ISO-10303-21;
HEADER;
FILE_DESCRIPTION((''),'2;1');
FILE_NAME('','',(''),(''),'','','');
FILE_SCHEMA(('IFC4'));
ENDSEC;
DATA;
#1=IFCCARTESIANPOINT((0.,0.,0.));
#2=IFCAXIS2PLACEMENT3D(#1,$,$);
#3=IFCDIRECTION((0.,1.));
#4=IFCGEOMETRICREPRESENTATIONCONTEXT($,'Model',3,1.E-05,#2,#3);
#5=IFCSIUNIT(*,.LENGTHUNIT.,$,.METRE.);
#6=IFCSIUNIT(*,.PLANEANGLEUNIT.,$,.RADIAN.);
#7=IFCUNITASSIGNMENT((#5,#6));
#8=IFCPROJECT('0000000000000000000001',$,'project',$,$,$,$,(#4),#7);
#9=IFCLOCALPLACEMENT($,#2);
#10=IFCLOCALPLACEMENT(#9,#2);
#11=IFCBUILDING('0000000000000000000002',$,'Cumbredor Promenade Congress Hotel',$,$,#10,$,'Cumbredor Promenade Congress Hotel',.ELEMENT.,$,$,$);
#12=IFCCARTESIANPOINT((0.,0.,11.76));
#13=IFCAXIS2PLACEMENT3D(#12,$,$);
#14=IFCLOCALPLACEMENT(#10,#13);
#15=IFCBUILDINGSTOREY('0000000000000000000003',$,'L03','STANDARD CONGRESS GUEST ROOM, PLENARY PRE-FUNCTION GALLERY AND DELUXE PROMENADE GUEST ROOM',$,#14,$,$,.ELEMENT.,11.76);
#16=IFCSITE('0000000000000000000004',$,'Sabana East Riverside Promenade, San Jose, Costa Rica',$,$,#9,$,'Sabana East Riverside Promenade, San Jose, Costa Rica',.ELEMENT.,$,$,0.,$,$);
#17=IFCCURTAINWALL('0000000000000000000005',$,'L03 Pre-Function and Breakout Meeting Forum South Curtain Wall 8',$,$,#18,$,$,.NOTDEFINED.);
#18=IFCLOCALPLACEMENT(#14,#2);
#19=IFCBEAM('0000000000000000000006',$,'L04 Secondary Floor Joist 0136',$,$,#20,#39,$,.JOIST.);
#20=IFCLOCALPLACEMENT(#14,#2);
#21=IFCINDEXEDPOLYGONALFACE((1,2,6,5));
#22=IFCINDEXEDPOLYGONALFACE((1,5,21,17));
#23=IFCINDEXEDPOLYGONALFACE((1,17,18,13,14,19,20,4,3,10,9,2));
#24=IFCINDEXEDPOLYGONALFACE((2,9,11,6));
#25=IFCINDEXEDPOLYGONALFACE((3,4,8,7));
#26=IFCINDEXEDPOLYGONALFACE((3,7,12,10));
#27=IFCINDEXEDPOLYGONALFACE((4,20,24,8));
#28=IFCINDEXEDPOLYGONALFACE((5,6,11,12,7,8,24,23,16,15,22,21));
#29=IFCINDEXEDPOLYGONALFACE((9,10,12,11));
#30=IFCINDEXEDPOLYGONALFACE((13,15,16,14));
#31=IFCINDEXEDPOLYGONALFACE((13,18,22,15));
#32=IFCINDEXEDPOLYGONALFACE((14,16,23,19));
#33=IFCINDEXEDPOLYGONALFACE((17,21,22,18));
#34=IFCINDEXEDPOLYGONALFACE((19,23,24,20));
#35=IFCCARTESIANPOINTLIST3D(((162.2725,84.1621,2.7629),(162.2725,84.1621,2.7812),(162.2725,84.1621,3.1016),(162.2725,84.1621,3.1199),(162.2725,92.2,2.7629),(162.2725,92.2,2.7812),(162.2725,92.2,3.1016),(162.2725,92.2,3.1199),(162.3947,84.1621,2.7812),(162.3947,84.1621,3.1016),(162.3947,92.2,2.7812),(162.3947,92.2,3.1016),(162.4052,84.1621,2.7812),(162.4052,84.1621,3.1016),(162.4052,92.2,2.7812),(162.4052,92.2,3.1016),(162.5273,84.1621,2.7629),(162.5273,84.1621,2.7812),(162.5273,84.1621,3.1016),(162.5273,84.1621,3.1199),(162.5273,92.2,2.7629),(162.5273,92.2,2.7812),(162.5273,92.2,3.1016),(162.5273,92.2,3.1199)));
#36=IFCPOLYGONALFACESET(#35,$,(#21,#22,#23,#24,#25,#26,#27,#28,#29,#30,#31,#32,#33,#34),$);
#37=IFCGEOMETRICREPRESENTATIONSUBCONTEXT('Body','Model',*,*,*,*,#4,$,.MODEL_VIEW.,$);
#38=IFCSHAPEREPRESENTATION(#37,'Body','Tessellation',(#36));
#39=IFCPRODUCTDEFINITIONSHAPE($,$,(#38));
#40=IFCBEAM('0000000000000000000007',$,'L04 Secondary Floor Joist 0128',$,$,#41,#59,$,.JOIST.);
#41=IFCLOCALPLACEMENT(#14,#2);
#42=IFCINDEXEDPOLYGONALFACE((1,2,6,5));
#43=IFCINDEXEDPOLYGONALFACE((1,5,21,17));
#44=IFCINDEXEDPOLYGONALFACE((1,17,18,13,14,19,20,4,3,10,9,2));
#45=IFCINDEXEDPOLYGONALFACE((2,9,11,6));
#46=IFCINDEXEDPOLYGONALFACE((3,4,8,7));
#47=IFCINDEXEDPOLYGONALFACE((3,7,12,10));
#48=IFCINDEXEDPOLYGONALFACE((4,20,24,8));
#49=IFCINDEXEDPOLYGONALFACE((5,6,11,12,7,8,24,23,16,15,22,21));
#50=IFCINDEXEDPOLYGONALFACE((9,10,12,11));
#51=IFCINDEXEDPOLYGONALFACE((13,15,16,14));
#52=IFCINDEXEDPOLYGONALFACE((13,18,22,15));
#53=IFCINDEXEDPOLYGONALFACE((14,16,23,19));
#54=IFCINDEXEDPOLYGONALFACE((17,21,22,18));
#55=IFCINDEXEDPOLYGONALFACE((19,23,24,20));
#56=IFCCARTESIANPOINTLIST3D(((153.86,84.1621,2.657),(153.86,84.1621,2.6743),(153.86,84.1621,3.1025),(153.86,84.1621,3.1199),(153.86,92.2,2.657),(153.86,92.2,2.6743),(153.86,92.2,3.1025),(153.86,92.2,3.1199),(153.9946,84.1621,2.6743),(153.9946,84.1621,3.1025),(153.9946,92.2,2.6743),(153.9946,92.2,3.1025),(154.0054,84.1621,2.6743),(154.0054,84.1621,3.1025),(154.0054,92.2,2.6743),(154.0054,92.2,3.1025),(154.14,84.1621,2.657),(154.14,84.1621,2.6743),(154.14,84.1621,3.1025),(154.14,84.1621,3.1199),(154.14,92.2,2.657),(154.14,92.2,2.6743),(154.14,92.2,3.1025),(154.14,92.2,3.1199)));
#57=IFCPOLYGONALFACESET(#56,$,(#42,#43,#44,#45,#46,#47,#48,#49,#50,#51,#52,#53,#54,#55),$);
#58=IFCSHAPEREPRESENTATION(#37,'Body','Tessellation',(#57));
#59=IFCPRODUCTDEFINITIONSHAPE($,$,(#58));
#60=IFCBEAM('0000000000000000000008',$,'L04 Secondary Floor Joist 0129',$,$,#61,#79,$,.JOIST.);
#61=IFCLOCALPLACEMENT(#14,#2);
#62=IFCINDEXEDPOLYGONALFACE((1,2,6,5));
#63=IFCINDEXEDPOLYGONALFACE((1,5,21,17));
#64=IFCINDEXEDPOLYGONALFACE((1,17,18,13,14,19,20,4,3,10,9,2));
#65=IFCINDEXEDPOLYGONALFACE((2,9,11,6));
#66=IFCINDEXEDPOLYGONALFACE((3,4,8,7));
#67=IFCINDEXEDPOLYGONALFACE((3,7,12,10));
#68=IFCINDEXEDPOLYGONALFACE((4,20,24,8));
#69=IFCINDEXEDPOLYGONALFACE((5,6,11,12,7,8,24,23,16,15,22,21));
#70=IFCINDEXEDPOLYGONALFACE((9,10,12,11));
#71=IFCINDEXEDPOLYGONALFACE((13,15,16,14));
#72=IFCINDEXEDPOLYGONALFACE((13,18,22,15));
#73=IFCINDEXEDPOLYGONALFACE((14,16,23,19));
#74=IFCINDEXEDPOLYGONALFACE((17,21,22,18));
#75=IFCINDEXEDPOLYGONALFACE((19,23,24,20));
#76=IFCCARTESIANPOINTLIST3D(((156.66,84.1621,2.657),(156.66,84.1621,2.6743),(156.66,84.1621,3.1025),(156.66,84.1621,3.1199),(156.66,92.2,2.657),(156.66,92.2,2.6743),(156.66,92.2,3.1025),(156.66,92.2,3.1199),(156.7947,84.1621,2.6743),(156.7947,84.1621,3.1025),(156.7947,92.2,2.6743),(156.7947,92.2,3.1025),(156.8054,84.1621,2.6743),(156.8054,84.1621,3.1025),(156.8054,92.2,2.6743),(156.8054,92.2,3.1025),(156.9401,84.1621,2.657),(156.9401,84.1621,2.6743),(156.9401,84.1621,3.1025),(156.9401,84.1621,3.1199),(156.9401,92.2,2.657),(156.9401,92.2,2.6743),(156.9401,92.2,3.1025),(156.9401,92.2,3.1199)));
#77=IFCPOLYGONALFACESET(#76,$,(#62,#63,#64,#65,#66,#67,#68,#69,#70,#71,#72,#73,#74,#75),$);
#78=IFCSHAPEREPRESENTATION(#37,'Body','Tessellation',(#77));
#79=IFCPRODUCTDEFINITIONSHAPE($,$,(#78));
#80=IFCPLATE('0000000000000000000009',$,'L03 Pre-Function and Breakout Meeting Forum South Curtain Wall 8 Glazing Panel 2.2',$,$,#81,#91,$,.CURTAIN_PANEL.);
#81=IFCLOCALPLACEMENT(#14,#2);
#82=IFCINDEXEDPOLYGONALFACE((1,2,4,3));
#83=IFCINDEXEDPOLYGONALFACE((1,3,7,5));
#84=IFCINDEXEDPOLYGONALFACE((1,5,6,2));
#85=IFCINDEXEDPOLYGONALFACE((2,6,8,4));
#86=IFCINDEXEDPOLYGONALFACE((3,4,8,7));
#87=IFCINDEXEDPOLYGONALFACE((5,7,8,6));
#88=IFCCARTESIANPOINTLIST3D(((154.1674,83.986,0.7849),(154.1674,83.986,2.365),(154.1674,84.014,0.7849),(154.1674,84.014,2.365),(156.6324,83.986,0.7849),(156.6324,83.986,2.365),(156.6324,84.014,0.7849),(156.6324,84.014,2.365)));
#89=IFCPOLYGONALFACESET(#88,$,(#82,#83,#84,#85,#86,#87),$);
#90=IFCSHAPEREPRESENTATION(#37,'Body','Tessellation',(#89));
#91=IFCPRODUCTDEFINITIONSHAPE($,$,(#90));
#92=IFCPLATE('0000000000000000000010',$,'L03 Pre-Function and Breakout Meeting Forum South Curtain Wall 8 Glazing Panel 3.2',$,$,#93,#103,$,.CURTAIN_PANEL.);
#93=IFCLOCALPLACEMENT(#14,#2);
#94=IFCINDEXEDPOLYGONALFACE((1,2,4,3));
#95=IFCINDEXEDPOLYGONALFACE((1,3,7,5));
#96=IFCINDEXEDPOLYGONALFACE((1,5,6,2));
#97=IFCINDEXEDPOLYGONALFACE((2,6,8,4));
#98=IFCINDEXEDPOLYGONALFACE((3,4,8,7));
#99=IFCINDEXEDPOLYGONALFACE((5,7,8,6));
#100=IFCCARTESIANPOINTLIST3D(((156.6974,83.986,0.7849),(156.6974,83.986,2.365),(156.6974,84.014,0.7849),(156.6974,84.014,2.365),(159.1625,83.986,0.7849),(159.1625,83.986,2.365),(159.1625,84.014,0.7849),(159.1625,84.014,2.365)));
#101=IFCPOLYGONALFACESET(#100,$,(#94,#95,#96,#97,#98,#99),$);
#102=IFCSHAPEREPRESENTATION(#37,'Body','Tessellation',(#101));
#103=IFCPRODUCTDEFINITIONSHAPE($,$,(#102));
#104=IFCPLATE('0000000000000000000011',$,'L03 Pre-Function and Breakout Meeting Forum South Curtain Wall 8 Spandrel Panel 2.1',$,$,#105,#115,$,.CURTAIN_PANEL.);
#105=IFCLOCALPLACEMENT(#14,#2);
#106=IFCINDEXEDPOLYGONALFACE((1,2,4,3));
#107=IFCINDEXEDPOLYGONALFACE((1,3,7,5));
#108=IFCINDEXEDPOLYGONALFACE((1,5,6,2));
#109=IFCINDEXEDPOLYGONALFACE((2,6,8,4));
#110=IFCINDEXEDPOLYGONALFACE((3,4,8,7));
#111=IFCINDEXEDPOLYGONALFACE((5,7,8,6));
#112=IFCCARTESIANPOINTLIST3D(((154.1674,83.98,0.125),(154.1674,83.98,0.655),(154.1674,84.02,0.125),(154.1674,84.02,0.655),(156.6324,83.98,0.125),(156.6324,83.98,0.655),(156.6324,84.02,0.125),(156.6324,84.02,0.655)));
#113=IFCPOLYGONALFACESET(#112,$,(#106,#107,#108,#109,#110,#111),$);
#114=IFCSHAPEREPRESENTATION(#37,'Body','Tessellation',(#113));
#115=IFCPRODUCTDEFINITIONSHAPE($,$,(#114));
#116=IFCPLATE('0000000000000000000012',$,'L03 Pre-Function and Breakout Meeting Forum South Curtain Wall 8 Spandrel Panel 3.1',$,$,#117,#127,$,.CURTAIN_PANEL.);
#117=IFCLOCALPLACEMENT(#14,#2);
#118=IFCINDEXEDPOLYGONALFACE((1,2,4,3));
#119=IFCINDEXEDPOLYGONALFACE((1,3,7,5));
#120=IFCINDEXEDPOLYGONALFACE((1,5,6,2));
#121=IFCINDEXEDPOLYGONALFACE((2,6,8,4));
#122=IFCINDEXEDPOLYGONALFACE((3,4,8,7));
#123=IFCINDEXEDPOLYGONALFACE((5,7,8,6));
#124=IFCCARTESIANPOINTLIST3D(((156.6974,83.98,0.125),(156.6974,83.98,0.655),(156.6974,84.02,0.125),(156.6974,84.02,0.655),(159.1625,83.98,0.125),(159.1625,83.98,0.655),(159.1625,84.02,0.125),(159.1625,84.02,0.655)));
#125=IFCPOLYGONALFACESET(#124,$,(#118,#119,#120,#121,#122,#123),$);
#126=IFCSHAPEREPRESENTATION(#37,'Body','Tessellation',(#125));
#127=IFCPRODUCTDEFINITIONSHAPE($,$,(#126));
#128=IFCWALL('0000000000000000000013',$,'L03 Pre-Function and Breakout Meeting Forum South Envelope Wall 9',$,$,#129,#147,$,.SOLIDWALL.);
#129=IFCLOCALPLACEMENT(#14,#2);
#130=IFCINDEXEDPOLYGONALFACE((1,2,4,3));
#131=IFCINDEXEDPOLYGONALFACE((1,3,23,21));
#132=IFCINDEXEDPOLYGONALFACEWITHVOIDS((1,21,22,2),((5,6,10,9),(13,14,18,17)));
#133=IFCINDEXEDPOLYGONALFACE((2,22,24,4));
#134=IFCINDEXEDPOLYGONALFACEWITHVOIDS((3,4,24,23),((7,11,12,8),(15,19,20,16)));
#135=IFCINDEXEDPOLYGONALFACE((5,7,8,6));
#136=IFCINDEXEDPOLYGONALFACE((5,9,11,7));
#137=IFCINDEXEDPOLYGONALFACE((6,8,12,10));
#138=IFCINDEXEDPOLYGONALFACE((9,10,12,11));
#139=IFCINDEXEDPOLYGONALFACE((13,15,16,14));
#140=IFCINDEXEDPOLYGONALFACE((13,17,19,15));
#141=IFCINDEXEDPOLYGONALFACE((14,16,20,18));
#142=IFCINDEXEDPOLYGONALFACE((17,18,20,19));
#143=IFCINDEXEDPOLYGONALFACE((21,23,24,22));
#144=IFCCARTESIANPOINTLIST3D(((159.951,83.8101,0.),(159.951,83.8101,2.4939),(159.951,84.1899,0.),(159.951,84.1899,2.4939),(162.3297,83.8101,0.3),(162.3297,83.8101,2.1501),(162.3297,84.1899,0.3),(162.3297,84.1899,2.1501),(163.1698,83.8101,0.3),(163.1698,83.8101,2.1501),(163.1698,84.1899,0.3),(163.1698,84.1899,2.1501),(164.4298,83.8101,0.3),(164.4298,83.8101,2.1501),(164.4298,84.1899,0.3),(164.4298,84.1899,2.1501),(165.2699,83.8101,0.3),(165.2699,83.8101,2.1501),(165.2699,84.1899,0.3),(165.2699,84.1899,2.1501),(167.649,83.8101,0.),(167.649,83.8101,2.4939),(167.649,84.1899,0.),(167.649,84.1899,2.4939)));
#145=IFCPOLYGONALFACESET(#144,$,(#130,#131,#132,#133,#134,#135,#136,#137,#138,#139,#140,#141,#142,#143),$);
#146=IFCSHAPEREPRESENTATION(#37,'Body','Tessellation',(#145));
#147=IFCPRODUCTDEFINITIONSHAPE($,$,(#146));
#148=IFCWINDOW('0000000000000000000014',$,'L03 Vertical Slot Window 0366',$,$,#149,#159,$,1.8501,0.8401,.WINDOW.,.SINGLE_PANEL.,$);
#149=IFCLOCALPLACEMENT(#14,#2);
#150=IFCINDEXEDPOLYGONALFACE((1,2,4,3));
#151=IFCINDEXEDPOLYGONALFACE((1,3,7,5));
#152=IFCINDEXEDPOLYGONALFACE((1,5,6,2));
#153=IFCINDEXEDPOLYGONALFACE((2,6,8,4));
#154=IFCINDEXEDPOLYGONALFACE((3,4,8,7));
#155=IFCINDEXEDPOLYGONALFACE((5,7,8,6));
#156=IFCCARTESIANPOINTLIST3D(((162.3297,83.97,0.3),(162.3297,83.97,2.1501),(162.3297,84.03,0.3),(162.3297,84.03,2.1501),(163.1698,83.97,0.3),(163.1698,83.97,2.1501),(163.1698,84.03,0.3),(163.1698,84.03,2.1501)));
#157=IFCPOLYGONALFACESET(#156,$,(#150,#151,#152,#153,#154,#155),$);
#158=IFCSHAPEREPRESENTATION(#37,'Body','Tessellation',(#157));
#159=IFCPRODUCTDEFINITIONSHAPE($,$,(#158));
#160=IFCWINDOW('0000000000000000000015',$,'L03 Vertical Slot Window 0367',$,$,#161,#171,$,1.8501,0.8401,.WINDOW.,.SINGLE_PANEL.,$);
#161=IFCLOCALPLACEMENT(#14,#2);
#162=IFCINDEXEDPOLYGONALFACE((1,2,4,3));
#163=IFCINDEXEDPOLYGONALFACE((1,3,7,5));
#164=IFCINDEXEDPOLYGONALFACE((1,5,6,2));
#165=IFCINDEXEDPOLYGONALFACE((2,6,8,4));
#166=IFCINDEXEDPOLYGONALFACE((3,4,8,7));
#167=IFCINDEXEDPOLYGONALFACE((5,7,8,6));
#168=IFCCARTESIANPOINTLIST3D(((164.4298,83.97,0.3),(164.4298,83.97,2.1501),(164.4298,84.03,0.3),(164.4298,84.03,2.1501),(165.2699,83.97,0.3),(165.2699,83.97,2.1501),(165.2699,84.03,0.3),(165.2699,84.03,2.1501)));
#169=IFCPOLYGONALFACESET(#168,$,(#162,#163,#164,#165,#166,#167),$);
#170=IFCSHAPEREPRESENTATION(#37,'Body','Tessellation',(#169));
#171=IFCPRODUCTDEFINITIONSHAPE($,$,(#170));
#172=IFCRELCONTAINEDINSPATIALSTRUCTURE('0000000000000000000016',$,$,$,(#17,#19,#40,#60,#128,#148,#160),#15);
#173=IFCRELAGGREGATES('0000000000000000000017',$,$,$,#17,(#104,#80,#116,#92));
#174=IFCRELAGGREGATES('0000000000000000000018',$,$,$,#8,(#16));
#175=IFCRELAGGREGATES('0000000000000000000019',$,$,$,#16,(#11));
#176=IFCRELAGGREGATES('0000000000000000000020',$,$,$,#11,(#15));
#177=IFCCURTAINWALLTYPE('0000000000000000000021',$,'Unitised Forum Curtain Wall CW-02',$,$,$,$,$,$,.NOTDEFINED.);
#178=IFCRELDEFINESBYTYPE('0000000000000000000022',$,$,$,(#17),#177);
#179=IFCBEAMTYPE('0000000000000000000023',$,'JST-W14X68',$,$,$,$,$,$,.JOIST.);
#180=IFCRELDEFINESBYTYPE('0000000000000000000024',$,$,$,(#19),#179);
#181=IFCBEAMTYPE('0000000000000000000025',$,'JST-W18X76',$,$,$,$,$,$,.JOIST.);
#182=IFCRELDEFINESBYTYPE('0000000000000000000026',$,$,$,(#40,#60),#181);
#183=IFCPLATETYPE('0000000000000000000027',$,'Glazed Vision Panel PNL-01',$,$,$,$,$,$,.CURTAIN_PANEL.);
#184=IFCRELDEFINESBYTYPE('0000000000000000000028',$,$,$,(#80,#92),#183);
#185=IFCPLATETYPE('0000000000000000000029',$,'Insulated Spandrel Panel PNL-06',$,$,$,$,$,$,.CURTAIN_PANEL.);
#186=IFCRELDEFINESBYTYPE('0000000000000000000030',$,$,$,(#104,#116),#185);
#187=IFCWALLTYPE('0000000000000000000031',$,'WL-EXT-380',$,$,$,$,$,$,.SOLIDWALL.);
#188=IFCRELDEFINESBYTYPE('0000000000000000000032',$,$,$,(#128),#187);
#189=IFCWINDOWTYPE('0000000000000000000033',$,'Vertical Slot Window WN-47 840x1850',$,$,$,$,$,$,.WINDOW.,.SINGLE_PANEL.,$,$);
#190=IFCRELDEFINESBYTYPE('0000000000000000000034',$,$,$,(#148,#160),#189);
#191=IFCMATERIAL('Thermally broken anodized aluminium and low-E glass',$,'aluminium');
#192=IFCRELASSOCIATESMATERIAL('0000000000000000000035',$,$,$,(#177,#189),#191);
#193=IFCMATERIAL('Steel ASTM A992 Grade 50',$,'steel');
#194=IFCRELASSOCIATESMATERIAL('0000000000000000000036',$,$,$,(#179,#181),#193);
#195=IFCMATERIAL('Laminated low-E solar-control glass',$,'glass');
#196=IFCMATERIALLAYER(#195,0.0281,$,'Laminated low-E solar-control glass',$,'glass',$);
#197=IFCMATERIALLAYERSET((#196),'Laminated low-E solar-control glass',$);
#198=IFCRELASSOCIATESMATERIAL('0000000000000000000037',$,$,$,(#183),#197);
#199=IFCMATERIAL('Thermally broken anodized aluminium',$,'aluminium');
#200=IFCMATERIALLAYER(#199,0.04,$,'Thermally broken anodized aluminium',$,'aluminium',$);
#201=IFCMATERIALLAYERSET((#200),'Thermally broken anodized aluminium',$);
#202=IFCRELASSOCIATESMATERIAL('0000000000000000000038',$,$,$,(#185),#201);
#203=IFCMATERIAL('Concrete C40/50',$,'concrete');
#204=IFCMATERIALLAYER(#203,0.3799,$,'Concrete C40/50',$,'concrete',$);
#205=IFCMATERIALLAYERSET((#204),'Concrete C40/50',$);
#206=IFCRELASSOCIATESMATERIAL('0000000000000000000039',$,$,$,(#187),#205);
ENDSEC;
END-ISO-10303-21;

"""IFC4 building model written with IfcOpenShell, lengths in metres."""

from ifc_helpers import new_model, si_unit, direction, frame, frame_2d, origin, origin_2d, place, context, subcontext, project, spatial, rectangle, i_section, extrude, material, layer, layer_set, material_profile, profile_set, type_object, element, fill, aggregate, save


model = new_model("IFC4")

# Units and contexts
model_context = context("Model", 3, precision=1e-05, world=origin(), true_north=direction((0.0, 1.0)))
body_context = subcontext(model_context, "Body", "Model", "MODEL_VIEW")
ifc_project = project(units=[si_unit("LENGTHUNIT", "METRE"), si_unit("PLANEANGLEUNIT", "RADIAN")], contexts=[model_context])

# Site, building, storey
site_placement = place(None, origin())
site = spatial("IfcSite", under=ifc_project, at=site_placement, Name="Sabana East Riverside Promenade, San Jose, Costa Rica", LongName="Sabana East Riverside Promenade, San Jose, Costa Rica", CompositionType="ELEMENT", RefElevation=0.0)
building_placement = place(site_placement, origin())
building = spatial("IfcBuilding", under=site, at=building_placement, Name="Cumbredor Promenade Congress Hotel", LongName="Cumbredor Promenade Congress Hotel", CompositionType="ELEMENT")
storey_placement = place(building_placement, frame((0.0, 0.0, 11.76)))
storey = spatial("IfcBuildingStorey", under=building, at=storey_placement, Name="L03", Description="STANDARD CONGRESS GUEST ROOM, PLENARY PRE-FUNCTION GALLERY AND DELUXE PROMENADE GUEST ROOM", CompositionType="ELEMENT", Elevation=11.76)

# Shared definitions
ifc_material_1 = material(Name="Concrete C40/50", Category="concrete")

# Shared definitions
ifc_material_2 = material(Name="Steel ASTM A992 Grade 50", Category="steel")

# Curtain wall
ifc_material_3 = material(Name="Thermally broken anodized aluminium and low-E glass", Category="aluminium")
curtain_wall_type = type_object("IfcCurtainWallType", Name="Unitised Forum Curtain Wall CW-02", PredefinedType="NOTDEFINED", material=ifc_material_3)
curtain_wall_placement = place(storey_placement, origin())
curtain_wall = element("IfcCurtainWall", 1, at=curtain_wall_placement, inside=storey, type_object=curtain_wall_type, Name="L03 Pre-Function and Breakout Meeting Forum South Curtain Wall 8", PredefinedType="NOTDEFINED")
ifc_material_4 = material(Name="Thermally broken anodized aluminium", Category="aluminium")

# Beams
ifc_material_profile_1 = material_profile(ifc_material_2, i_section(OverallWidth=0.2549, OverallDepth=0.3569, WebThickness=0.0105, FlangeThickness=0.0183, at=origin_2d()), Name="W14X68")
ifc_profile_set_1 = profile_set([ifc_material_profile_1], Name="Steel ASTM A992 Grade 50")
beam_type_1 = type_object("IfcBeamType", Name="JST-W14X68", PredefinedType="JOIST", material=ifc_profile_set_1)
beam_1_placement = place(storey_placement, frame((162.3999, 84.1621, 2.9414), z_axis=(0.0, 1.0, 0.0), x_axis=(-1.0, 0.0, 0.0)))
element("IfcBeam", 2, at=beam_1_placement, inside=storey, type_object=beam_type_1, Name="L04 Secondary Floor Joist 0136", PredefinedType="JOIST", context=body_context, shape_type="SweptSolid", body=[
    extrude(i_section(OverallWidth=0.2549, OverallDepth=0.3569, WebThickness=0.0105, FlangeThickness=0.0183, at=origin_2d()), origin(), (0.0, 0.0, 1.0), 8.0378),
])
ifc_material_profile_2 = material_profile(ifc_material_2, i_section(OverallWidth=0.28, OverallDepth=0.4629, WebThickness=0.0107, FlangeThickness=0.0173, at=origin_2d()), Name="W18X76")
ifc_profile_set_2 = profile_set([ifc_material_profile_2], Name="Steel ASTM A992 Grade 50")
beam_type_2 = type_object("IfcBeamType", Name="JST-W18X76", PredefinedType="JOIST", material=ifc_profile_set_2)
for number, where, z_axis, x_axis, name in (
    (3, (154.0, 84.1621, 2.8884), (0.0, 1.0, 0.0), (-1.0, 0.0, 0.0), "L04 Secondary Floor Joist 0128"),
    (4, (156.8, 84.1621, 2.8884), (0.0, 1.0, 0.0), (-1.0, 0.0, 0.0), "L04 Secondary Floor Joist 0129"),
):
    element("IfcBeam", number, at=place(storey_placement, frame(where, z_axis=z_axis, x_axis=x_axis)), inside=storey, type_object=beam_type_2, Name=name, PredefinedType="JOIST", context=body_context, shape_type="SweptSolid", body=[
        extrude(i_section(OverallWidth=0.28, OverallDepth=0.4629, WebThickness=0.0107, FlangeThickness=0.0173, at=origin_2d()), origin(), (0.0, 0.0, 1.0), 8.0378),
    ])

# Plates
ifc_material_5 = material(Name="Laminated low-E solar-control glass", Category="glass")
ifc_layer_1 = layer(ifc_material_5, 0.0281, Name="Laminated low-E solar-control glass", Category="glass")
ifc_layer_set_1 = layer_set([ifc_layer_1], Name="Laminated low-E solar-control glass")
plate_type_1 = type_object("IfcPlateType", Name="Glazed Vision Panel PNL-01", PredefinedType="CURTAIN_PANEL", material=ifc_layer_set_1)
plate_1_placement = place(storey_placement, frame((155.3999, 84.0, 0.7849), z_axis=(0.0, 0.0, 1.0), x_axis=(1.0, 0.0, 0.0)))
plate_1 = element("IfcPlate", 5, at=plate_1_placement, type_object=plate_type_1, Name="L03 Pre-Function and Breakout Meeting Forum South Curtain Wall 8 Glazing Panel 2.2", PredefinedType="CURTAIN_PANEL", context=body_context, shape_type="SweptSolid", body=[
    extrude(rectangle(XDim=2.4651, YDim=0.0281, at=origin_2d()), origin(), (0.0, 0.0, 1.0), 1.5801),
])
plate_2_placement = place(storey_placement, frame((157.9299, 84.0, 0.7849), z_axis=(0.0, 0.0, 1.0), x_axis=(1.0, 0.0, 0.0)))
plate_2 = element("IfcPlate", 6, at=plate_2_placement, type_object=plate_type_1, Name="L03 Pre-Function and Breakout Meeting Forum South Curtain Wall 8 Glazing Panel 3.2", PredefinedType="CURTAIN_PANEL", context=body_context, shape_type="SweptSolid", body=[
    extrude(rectangle(XDim=2.4651, YDim=0.0281, at=origin_2d()), origin(), (0.0, 0.0, 1.0), 1.5801),
])
ifc_layer_2 = layer(ifc_material_4, 0.04, Name="Thermally broken anodized aluminium", Category="aluminium")
ifc_layer_set_2 = layer_set([ifc_layer_2], Name="Thermally broken anodized aluminium")
plate_type_2 = type_object("IfcPlateType", Name="Insulated Spandrel Panel PNL-06", PredefinedType="CURTAIN_PANEL", material=ifc_layer_set_2)
plate_3_placement = place(storey_placement, frame((155.3999, 84.0, 0.125), z_axis=(0.0, 0.0, 1.0), x_axis=(1.0, 0.0, 0.0)))
plate_3 = element("IfcPlate", 7, at=plate_3_placement, type_object=plate_type_2, Name="L03 Pre-Function and Breakout Meeting Forum South Curtain Wall 8 Spandrel Panel 2.1", PredefinedType="CURTAIN_PANEL", context=body_context, shape_type="SweptSolid", body=[
    extrude(rectangle(XDim=2.4651, YDim=0.04, at=origin_2d()), origin(), (0.0, 0.0, 1.0), 0.53),
])
plate_4_placement = place(storey_placement, frame((157.9299, 84.0, 0.125), z_axis=(0.0, 0.0, 1.0), x_axis=(1.0, 0.0, 0.0)))
plate_4 = element("IfcPlate", 8, at=plate_4_placement, type_object=plate_type_2, Name="L03 Pre-Function and Breakout Meeting Forum South Curtain Wall 8 Spandrel Panel 3.1", PredefinedType="CURTAIN_PANEL", context=body_context, shape_type="SweptSolid", body=[
    extrude(rectangle(XDim=2.4651, YDim=0.04, at=origin_2d()), origin(), (0.0, 0.0, 1.0), 0.53),
])
aggregate(curtain_wall, [plate_3, plate_1, plate_4, plate_2])

# Wall, openings, windows
ifc_layer_3 = layer(ifc_material_1, 0.3799, Name="Concrete C40/50", Category="concrete")
ifc_layer_set_3 = layer_set([ifc_layer_3], Name="Concrete C40/50")
wall_type = type_object("IfcWallType", Name="WL-EXT-380", PredefinedType="SOLIDWALL", material=ifc_layer_set_3)
wall_placement = place(storey_placement, frame((159.9509, 84.0, 0.0), z_axis=(0.0, 0.0, 1.0), x_axis=(1.0, 0.0, 0.0)))
wall = element("IfcWall", 9, at=wall_placement, inside=storey, type_object=wall_type, Name="L03 Pre-Function and Breakout Meeting Forum South Envelope Wall 9", PredefinedType="SOLIDWALL", context=body_context, shape_type="SweptSolid", body=[
    extrude(rectangle(XDim=7.698, YDim=0.3799, at=frame_2d((3.8491, 0.0))), origin(), (0.0, 0.0, 1.0), 2.4939),
])
opening_1_placement = place(wall_placement, frame((2.3789, 0.0, 0.3)))
opening_1 = element("IfcOpeningElement", 10, at=opening_1_placement, cuts=wall, PredefinedType="OPENING", context=body_context, shape_type="SweptSolid", body=[
    extrude(rectangle(XDim=0.8401, YDim=1.8501, at=frame_2d((0.4199, 0.925))), frame((0.0, 0.2, 0.0), z_axis=(0.0, -1.0, 0.0), x_axis=(1.0, 0.0, 0.0)), (0.0, 0.0, 1.0), 0.3999),
])
opening_2_placement = place(wall_placement, frame((4.479, 0.0, 0.3)))
opening_2 = element("IfcOpeningElement", 11, at=opening_2_placement, cuts=wall, PredefinedType="OPENING", context=body_context, shape_type="SweptSolid", body=[
    extrude(rectangle(XDim=0.8401, YDim=1.8501, at=frame_2d((0.4199, 0.925))), frame((0.0, 0.2, 0.0), z_axis=(0.0, -1.0, 0.0), x_axis=(1.0, 0.0, 0.0)), (0.0, 0.0, 1.0), 0.3999),
])
window_type = type_object("IfcWindowType", Name="Vertical Slot Window WN-47 840x1850", PartitioningType="SINGLE_PANEL", PredefinedType="WINDOW", material=ifc_material_3)
window_1_placement = place(opening_1_placement, origin())
window_1 = element("IfcWindow", 12, at=window_1_placement, inside=storey, type_object=window_type, Name="L03 Vertical Slot Window 0366", OverallHeight=1.8501, OverallWidth=0.8401, PartitioningType="SINGLE_PANEL", PredefinedType="WINDOW", context=body_context, shape_type="SweptSolid", body=[
    extrude(rectangle(XDim=0.8401, YDim=1.8501, at=frame_2d((0.4199, 0.925))), frame((0.0, 0.03, 0.0), z_axis=(0.0, -1.0, 0.0), x_axis=(1.0, 0.0, 0.0)), (0.0, 0.0, 1.0), 0.0601),
])
fill(opening_1, window_1)
window_2_placement = place(opening_2_placement, origin())
window_2 = element("IfcWindow", 13, at=window_2_placement, inside=storey, type_object=window_type, Name="L03 Vertical Slot Window 0367", OverallHeight=1.8501, OverallWidth=0.8401, PartitioningType="SINGLE_PANEL", PredefinedType="WINDOW", context=body_context, shape_type="SweptSolid", body=[
    extrude(rectangle(XDim=0.8401, YDim=1.8501, at=frame_2d((0.4199, 0.925))), frame((0.0, 0.03, 0.0), z_axis=(0.0, -1.0, 0.0), x_axis=(1.0, 0.0, 0.0)), (0.0, 0.0, 1.0), 0.0601),
])
fill(opening_2, window_2)

save(model, "model.ifc")
